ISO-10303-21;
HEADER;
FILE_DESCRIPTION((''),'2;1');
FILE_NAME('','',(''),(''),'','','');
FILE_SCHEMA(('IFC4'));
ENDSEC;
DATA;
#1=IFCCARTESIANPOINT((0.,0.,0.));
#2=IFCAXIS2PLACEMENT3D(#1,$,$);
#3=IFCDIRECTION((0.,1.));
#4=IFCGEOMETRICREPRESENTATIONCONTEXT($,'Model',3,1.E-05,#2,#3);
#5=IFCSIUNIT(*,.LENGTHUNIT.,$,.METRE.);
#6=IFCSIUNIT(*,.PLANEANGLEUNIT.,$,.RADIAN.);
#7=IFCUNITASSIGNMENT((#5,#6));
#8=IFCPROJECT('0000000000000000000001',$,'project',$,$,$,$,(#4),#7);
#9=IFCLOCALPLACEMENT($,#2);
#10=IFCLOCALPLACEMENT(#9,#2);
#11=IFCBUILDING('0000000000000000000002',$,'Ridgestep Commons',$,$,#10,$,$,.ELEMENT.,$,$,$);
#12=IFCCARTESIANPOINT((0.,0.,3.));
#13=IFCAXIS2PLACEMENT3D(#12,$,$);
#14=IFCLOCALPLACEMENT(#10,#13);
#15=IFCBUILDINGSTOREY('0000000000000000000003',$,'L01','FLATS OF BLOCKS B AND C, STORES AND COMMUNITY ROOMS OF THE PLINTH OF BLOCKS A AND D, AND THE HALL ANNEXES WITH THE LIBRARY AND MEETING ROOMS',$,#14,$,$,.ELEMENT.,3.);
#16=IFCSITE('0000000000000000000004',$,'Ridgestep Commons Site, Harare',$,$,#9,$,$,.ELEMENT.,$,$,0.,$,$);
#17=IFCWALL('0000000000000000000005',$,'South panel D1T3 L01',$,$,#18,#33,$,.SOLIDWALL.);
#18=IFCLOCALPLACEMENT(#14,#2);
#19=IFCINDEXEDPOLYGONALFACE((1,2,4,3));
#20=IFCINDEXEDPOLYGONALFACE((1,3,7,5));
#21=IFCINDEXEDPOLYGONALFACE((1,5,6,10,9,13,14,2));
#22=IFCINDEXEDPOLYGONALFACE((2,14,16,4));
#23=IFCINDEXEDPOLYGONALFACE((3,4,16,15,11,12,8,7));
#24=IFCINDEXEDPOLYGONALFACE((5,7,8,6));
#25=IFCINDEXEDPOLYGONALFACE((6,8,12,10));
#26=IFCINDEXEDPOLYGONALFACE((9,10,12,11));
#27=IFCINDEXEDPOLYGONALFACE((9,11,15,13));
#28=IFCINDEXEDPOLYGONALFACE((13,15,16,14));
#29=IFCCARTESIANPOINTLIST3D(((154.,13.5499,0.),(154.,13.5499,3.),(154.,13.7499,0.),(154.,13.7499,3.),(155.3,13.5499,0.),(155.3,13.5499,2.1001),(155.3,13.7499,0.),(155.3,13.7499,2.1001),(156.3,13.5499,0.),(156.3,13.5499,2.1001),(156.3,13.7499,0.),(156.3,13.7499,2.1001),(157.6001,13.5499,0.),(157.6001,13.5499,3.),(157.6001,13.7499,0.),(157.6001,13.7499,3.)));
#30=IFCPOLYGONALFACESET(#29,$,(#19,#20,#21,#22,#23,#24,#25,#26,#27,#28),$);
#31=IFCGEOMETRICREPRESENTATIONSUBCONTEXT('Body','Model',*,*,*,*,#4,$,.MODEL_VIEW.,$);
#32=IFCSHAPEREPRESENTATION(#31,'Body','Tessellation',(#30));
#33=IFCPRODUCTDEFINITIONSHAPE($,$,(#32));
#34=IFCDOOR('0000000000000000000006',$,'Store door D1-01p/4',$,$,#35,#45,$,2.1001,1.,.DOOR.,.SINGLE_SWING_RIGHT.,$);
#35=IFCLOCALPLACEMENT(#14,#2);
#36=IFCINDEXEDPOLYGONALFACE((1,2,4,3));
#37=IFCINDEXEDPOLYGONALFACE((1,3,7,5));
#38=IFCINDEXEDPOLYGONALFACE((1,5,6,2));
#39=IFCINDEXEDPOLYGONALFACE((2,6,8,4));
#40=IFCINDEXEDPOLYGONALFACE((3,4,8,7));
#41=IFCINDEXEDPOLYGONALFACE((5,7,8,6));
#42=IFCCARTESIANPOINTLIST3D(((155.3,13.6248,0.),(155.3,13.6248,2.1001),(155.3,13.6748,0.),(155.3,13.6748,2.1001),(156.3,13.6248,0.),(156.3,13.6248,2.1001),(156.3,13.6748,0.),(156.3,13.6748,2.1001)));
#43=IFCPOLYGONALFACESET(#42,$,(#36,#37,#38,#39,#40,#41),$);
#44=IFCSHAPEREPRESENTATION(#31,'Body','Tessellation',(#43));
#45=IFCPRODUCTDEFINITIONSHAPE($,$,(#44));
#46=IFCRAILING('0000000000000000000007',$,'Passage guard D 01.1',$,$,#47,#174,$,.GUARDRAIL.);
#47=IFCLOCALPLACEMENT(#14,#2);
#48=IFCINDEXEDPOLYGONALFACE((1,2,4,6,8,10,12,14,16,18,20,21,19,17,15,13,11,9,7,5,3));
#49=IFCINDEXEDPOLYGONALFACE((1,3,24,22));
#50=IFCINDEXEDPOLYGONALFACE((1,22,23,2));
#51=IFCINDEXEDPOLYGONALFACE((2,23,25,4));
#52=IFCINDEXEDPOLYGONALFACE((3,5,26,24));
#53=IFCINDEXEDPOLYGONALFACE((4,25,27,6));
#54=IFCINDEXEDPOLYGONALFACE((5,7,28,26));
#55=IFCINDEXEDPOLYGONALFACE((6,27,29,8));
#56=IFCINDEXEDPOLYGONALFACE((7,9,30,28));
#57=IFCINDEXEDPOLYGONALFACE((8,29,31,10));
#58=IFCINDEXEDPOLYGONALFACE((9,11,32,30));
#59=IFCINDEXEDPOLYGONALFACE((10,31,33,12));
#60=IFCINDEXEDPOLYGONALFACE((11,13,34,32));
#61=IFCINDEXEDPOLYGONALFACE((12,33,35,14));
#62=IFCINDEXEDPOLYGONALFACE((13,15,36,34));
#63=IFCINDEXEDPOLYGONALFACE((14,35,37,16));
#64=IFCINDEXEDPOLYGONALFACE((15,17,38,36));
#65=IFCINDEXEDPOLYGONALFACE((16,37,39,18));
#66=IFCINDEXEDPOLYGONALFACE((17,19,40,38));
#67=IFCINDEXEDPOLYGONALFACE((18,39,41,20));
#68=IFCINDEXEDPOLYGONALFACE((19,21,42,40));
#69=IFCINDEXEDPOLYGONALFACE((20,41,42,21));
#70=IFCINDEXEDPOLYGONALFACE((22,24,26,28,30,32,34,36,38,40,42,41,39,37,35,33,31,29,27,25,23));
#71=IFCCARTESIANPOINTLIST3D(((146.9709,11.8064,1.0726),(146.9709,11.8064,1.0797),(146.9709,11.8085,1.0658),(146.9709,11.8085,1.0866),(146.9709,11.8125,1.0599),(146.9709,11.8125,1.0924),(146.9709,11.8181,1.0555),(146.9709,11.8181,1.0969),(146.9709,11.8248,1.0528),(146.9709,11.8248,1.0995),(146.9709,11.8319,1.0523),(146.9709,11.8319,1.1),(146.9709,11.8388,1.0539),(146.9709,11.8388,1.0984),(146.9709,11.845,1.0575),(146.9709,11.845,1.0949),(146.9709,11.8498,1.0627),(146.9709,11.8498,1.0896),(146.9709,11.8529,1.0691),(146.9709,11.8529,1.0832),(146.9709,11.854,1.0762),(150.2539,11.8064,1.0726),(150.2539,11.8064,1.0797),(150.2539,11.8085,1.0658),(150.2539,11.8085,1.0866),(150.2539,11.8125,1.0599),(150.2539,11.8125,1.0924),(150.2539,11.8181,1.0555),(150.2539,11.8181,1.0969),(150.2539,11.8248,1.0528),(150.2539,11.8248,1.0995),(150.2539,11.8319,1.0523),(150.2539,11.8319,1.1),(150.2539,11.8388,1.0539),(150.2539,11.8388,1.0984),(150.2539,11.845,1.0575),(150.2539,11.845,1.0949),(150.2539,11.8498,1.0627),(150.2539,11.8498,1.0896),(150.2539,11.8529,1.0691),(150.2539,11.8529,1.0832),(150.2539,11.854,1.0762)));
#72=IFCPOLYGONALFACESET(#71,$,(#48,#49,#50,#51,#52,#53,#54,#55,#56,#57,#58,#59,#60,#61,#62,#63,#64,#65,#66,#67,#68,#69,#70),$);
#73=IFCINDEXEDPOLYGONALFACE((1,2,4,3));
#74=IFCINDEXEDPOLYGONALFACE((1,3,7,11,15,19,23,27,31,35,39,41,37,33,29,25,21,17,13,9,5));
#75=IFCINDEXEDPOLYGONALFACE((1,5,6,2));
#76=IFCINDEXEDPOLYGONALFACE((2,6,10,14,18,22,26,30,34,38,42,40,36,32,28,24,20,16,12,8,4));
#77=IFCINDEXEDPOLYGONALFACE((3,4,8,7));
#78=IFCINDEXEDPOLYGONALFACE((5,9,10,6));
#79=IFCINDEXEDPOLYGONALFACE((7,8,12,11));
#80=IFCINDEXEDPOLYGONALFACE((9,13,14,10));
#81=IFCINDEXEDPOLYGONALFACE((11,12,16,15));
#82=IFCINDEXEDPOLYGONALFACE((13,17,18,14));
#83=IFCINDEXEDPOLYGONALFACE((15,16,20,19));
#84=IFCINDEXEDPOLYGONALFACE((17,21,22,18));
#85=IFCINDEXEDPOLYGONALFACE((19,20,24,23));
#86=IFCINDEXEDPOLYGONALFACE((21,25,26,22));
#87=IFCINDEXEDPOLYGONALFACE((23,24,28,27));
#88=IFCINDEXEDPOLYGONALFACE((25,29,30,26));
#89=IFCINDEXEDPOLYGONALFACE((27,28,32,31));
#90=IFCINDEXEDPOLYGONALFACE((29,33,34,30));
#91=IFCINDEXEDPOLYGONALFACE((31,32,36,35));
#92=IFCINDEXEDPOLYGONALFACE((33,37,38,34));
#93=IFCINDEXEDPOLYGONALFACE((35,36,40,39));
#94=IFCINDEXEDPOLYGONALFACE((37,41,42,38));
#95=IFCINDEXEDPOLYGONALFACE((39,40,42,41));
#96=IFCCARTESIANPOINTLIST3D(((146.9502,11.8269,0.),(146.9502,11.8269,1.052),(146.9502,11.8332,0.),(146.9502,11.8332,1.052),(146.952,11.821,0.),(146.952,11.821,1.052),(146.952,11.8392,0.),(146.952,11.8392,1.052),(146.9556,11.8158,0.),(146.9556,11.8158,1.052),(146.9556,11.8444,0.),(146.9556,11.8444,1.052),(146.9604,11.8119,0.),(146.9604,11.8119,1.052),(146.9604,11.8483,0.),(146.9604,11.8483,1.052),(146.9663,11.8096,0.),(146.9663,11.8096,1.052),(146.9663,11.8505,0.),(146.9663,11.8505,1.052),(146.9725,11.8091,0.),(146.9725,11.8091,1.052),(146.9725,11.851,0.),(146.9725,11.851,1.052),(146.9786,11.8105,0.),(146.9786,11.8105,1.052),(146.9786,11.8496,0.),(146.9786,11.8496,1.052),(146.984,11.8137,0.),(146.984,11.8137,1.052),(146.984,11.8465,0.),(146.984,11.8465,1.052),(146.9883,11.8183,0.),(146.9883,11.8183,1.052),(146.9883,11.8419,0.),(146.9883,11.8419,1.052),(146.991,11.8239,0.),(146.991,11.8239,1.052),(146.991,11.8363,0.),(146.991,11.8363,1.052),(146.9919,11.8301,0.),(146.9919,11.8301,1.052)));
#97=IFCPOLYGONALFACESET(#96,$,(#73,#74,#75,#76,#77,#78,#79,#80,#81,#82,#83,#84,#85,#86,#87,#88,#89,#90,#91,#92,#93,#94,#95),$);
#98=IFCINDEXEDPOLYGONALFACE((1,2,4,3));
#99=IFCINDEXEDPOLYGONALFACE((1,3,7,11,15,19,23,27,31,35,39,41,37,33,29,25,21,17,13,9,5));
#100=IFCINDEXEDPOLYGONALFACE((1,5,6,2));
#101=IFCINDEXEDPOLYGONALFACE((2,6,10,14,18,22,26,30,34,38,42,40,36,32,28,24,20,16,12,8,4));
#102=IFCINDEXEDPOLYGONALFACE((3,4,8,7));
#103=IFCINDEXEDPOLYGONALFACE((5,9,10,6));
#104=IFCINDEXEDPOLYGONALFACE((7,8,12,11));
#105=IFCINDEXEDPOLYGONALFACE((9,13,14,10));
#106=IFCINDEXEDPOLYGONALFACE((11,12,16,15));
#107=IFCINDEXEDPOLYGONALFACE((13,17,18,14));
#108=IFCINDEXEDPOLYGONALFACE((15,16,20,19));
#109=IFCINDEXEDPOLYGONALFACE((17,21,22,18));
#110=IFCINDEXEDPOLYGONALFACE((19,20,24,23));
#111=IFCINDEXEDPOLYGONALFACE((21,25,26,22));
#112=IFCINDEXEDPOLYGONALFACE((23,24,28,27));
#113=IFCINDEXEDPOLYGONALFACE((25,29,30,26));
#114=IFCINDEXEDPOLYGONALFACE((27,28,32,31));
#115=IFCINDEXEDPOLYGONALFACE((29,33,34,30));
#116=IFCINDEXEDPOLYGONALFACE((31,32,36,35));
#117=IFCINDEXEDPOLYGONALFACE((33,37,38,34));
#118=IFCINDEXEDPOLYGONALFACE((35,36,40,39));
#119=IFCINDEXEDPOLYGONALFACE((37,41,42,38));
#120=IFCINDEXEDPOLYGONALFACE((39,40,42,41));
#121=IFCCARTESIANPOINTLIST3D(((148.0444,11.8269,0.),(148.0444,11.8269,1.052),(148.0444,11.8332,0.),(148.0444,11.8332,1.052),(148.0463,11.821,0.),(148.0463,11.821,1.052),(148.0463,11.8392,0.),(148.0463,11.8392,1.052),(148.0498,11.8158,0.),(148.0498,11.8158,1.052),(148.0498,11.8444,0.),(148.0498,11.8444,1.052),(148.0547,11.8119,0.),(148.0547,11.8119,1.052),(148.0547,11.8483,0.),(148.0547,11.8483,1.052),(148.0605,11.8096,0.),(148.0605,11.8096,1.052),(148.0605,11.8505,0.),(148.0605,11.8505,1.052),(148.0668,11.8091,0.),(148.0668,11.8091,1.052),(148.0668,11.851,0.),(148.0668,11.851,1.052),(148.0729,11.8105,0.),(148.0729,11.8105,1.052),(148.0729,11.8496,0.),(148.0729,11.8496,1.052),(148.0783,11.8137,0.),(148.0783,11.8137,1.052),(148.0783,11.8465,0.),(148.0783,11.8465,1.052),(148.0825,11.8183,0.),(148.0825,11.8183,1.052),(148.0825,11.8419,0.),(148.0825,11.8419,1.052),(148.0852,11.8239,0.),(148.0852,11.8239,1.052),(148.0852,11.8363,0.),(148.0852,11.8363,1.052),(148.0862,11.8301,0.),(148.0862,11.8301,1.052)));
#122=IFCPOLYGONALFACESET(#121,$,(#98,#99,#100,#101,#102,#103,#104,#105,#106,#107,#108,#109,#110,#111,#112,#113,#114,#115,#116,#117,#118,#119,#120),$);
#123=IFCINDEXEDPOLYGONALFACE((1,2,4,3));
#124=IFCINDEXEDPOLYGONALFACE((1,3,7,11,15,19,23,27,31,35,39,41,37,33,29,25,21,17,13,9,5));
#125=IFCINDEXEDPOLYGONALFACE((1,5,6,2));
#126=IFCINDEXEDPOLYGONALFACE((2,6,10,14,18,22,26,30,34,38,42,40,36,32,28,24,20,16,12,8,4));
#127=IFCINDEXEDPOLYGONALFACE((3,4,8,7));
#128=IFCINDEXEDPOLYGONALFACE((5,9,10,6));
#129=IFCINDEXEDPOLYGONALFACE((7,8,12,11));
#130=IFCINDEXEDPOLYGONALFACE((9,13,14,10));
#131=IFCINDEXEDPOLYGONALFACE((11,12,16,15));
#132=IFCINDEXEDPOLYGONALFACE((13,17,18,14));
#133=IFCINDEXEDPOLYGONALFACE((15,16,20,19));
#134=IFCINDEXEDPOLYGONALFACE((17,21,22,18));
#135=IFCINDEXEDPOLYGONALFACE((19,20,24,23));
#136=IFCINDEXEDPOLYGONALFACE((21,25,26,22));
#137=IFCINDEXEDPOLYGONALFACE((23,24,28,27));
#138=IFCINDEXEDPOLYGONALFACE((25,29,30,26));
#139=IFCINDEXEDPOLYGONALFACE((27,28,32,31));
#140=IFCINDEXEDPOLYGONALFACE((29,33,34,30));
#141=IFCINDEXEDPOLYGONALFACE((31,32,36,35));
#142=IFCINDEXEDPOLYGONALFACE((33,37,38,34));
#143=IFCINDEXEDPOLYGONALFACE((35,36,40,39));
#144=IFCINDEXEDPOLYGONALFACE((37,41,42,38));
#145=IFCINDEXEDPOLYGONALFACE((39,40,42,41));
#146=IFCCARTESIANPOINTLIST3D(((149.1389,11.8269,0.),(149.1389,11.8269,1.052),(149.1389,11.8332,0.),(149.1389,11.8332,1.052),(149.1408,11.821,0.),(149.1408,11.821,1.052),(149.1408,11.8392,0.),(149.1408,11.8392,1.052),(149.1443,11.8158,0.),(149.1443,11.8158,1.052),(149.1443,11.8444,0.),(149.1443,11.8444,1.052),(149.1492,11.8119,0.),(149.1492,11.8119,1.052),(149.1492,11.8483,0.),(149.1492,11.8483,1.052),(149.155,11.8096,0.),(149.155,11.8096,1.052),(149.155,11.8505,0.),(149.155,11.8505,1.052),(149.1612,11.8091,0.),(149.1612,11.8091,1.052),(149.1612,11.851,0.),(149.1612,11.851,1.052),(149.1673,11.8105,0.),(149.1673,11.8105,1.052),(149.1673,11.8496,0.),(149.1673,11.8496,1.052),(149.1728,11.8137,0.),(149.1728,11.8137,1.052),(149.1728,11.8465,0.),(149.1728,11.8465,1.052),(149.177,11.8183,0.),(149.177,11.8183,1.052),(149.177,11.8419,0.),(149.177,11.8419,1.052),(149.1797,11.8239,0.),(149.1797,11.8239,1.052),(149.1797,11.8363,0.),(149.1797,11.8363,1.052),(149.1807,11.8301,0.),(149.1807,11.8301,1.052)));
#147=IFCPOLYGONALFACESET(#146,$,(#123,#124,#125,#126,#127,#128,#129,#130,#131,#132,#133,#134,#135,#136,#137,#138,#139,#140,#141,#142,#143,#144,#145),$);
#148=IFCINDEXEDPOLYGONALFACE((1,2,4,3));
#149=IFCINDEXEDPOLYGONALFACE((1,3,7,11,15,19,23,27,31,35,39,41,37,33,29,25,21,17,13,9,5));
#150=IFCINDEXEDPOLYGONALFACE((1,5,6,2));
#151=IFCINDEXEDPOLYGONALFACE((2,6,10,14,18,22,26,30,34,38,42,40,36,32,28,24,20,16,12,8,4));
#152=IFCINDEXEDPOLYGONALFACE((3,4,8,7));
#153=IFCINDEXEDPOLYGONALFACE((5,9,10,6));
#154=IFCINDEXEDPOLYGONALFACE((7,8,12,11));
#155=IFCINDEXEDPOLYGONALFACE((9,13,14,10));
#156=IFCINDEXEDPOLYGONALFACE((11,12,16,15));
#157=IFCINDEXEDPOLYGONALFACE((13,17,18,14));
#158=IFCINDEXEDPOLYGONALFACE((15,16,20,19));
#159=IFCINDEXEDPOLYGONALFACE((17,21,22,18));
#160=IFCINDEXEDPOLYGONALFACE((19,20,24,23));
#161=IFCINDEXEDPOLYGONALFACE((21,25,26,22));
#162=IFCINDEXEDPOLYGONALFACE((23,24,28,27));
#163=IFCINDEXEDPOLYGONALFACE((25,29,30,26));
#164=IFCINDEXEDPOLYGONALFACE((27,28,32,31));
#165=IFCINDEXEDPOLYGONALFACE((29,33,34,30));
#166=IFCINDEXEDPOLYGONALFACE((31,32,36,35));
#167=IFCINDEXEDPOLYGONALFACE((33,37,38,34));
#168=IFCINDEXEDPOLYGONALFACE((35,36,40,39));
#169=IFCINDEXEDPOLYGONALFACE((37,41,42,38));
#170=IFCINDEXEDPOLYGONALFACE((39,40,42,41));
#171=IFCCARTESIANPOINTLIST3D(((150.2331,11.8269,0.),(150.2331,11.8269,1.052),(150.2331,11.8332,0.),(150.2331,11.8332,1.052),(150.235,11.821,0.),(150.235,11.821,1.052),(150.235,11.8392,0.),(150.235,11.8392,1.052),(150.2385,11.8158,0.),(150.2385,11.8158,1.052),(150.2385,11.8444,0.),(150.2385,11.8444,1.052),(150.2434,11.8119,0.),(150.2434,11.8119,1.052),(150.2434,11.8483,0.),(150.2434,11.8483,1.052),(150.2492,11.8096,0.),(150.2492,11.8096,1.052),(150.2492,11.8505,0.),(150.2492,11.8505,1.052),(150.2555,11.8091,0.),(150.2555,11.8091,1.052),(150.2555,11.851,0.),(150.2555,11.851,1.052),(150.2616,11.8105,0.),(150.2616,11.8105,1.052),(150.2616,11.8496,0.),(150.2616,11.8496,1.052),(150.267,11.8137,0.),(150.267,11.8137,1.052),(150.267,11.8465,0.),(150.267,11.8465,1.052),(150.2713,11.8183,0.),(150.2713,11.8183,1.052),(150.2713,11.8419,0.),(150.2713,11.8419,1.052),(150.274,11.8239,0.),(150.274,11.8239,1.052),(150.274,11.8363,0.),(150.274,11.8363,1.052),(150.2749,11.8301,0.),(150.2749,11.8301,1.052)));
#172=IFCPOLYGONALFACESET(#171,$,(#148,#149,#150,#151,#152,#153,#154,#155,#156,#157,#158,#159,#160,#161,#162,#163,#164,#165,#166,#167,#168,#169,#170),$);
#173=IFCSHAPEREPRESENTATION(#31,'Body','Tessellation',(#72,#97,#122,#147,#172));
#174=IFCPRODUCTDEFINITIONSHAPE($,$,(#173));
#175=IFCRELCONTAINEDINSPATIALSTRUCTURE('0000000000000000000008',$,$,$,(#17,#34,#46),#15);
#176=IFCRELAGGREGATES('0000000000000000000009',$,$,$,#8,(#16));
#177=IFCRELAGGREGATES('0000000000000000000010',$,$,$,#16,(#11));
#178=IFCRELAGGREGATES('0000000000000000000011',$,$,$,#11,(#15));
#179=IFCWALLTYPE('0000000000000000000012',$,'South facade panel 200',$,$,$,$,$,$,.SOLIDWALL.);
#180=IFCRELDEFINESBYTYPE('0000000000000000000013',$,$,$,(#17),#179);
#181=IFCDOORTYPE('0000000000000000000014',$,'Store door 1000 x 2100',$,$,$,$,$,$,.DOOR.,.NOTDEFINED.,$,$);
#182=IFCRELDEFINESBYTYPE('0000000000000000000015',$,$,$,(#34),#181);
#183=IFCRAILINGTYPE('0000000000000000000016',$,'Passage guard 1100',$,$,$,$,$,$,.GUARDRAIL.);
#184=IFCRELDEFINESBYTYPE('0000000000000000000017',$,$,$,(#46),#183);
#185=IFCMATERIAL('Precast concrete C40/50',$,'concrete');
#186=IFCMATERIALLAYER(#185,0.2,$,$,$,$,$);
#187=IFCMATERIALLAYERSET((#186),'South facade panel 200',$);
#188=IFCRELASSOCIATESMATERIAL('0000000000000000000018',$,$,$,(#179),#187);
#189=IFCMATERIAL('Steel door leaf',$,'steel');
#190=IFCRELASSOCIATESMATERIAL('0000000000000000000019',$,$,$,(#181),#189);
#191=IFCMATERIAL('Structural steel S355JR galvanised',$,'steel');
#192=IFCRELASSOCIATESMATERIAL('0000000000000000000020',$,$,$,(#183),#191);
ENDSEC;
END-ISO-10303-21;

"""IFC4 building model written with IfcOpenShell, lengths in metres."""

from ifc_helpers import new_model, si_unit, direction, frame, frame_2d, origin, origin_2d, place, context, subcontext, project, spatial, rectangle, circle, extrude, material, layer, layer_set, type_object, element, fill, save


model = new_model("IFC4")

# Units and contexts
model_context = context("Model", 3, precision=1e-05, world=origin(), true_north=direction((0.0, 1.0)))
body_context = subcontext(model_context, "Body", "Model", "MODEL_VIEW")
ifc_project = project(units=[si_unit("LENGTHUNIT", "METRE"), si_unit("PLANEANGLEUNIT", "RADIAN")], contexts=[model_context])

# Site, building, storey
site_placement = place(None, origin())
site = spatial("IfcSite", under=ifc_project, at=site_placement, Name="Ridgestep Commons Site, Harare", CompositionType="ELEMENT", RefElevation=0.0)
building_placement = place(site_placement, origin())
building = spatial("IfcBuilding", under=site, at=building_placement, Name="Ridgestep Commons", CompositionType="ELEMENT")
storey_placement = place(building_placement, frame((0.0, 0.0, 3.0)))
storey = spatial("IfcBuildingStorey", under=building, at=storey_placement, Name="L01", Description="FLATS OF BLOCKS B AND C, STORES AND COMMUNITY ROOMS OF THE PLINTH OF BLOCKS A AND D, AND THE HALL ANNEXES WITH THE LIBRARY AND MEETING ROOMS", CompositionType="ELEMENT", Elevation=3.0)

# Wall, opening, door
ifc_material_1 = material(Name="Precast concrete C40/50", Category="concrete")
ifc_layer_1 = layer(ifc_material_1, 0.2)
ifc_layer_set_1 = layer_set([ifc_layer_1], Name="South facade panel 200")
wall_type_1 = type_object("IfcWallType", Name="South facade panel 200", PredefinedType="SOLIDWALL", material=ifc_layer_set_1)
ifc_material_2 = material(Name="Steel door leaf", Category="steel")
door_type = type_object("IfcDoorType", Name="Store door 1000 x 2100", OperationType="NOTDEFINED", PredefinedType="DOOR", material=ifc_material_2)
wall_1_placement = place(storey_placement, frame((154.0, 13.6499, 0.0), z_axis=(0.0, 0.0, 1.0), x_axis=(1.0, 0.0, 0.0)))
wall_1 = element("IfcWall", 1, at=wall_1_placement, inside=storey, type_object=wall_type_1, Name="South panel D1T3 L01", PredefinedType="SOLIDWALL", context=body_context, shape_type="SweptSolid", body=[
    extrude(rectangle(XDim=3.6001, YDim=0.2, at=frame_2d((1.8, 0.0))), origin(), (0.0, 0.0, 1.0), 3.0),
])
opening_1_placement = place(wall_1_placement, frame((1.3, 0.0, 0.0)))
opening_1 = element("IfcOpeningElement", 2, at=opening_1_placement, cuts=wall_1, PredefinedType="OPENING", context=body_context, shape_type="SweptSolid", body=[
    extrude(rectangle(XDim=1.0, YDim=2.1001, at=frame_2d((0.5, 1.05))), frame((0.0, 0.1099, 0.0), z_axis=(0.0, -1.0, 0.0), x_axis=(1.0, 0.0, 0.0)), (0.0, 0.0, 1.0), 0.22),
])
door_1_placement = place(opening_1_placement, origin())
door_1 = element("IfcDoor", 3, at=door_1_placement, inside=storey, type_object=door_type, Name="Store door D1-01p/4", OperationType="SINGLE_SWING_RIGHT", OverallHeight=2.1001, OverallWidth=1.0, PredefinedType="DOOR", context=body_context, shape_type="SweptSolid", body=[
    extrude(rectangle(XDim=1.0, YDim=2.1001, at=frame_2d((0.5, 1.05))), frame((0.0, 0.0249, 0.0), z_axis=(0.0, -1.0, 0.0), x_axis=(1.0, 0.0, 0.0)), (0.0, 0.0, 1.0), 0.05),
])
fill(opening_1, door_1)

# Railing
ifc_material_3 = material(Name="Structural steel S355JR galvanised", Category="steel")
railing_type = type_object("IfcRailingType", Name="Passage guard 1100", PredefinedType="GUARDRAIL", material=ifc_material_3)
railing_1_placement = place(storey_placement, frame((146.9709, 11.8301, 0.0)))
element("IfcRailing", 4, at=railing_1_placement, inside=storey, type_object=railing_type, Name="Passage guard D 01.1", PredefinedType="GUARDRAIL", context=body_context, shape_type="SweptSolid", body=[
    extrude(circle(Radius=0.0239, at=origin_2d()), frame((0.0, 0.0, 1.0762), z_axis=(1.0, 0.0, 0.0), x_axis=(0.0, 1.0, 0.0)), (0.0, 0.0, 1.0), 3.283),
    extrude(circle(Radius=0.021, at=origin_2d()), origin(), (0.0, 0.0, 1.0), 1.052),
    extrude(circle(Radius=0.021, at=origin_2d()), frame((1.0942, 0.0, 0.0)), (0.0, 0.0, 1.0), 1.052),
    extrude(circle(Radius=0.021, at=origin_2d()), frame((2.1887, 0.0, 0.0)), (0.0, 0.0, 1.0), 1.052),
    extrude(circle(Radius=0.021, at=origin_2d()), frame((3.283, 0.0, 0.0)), (0.0, 0.0, 1.0), 1.052),
])

save(model, "model.ifc")
